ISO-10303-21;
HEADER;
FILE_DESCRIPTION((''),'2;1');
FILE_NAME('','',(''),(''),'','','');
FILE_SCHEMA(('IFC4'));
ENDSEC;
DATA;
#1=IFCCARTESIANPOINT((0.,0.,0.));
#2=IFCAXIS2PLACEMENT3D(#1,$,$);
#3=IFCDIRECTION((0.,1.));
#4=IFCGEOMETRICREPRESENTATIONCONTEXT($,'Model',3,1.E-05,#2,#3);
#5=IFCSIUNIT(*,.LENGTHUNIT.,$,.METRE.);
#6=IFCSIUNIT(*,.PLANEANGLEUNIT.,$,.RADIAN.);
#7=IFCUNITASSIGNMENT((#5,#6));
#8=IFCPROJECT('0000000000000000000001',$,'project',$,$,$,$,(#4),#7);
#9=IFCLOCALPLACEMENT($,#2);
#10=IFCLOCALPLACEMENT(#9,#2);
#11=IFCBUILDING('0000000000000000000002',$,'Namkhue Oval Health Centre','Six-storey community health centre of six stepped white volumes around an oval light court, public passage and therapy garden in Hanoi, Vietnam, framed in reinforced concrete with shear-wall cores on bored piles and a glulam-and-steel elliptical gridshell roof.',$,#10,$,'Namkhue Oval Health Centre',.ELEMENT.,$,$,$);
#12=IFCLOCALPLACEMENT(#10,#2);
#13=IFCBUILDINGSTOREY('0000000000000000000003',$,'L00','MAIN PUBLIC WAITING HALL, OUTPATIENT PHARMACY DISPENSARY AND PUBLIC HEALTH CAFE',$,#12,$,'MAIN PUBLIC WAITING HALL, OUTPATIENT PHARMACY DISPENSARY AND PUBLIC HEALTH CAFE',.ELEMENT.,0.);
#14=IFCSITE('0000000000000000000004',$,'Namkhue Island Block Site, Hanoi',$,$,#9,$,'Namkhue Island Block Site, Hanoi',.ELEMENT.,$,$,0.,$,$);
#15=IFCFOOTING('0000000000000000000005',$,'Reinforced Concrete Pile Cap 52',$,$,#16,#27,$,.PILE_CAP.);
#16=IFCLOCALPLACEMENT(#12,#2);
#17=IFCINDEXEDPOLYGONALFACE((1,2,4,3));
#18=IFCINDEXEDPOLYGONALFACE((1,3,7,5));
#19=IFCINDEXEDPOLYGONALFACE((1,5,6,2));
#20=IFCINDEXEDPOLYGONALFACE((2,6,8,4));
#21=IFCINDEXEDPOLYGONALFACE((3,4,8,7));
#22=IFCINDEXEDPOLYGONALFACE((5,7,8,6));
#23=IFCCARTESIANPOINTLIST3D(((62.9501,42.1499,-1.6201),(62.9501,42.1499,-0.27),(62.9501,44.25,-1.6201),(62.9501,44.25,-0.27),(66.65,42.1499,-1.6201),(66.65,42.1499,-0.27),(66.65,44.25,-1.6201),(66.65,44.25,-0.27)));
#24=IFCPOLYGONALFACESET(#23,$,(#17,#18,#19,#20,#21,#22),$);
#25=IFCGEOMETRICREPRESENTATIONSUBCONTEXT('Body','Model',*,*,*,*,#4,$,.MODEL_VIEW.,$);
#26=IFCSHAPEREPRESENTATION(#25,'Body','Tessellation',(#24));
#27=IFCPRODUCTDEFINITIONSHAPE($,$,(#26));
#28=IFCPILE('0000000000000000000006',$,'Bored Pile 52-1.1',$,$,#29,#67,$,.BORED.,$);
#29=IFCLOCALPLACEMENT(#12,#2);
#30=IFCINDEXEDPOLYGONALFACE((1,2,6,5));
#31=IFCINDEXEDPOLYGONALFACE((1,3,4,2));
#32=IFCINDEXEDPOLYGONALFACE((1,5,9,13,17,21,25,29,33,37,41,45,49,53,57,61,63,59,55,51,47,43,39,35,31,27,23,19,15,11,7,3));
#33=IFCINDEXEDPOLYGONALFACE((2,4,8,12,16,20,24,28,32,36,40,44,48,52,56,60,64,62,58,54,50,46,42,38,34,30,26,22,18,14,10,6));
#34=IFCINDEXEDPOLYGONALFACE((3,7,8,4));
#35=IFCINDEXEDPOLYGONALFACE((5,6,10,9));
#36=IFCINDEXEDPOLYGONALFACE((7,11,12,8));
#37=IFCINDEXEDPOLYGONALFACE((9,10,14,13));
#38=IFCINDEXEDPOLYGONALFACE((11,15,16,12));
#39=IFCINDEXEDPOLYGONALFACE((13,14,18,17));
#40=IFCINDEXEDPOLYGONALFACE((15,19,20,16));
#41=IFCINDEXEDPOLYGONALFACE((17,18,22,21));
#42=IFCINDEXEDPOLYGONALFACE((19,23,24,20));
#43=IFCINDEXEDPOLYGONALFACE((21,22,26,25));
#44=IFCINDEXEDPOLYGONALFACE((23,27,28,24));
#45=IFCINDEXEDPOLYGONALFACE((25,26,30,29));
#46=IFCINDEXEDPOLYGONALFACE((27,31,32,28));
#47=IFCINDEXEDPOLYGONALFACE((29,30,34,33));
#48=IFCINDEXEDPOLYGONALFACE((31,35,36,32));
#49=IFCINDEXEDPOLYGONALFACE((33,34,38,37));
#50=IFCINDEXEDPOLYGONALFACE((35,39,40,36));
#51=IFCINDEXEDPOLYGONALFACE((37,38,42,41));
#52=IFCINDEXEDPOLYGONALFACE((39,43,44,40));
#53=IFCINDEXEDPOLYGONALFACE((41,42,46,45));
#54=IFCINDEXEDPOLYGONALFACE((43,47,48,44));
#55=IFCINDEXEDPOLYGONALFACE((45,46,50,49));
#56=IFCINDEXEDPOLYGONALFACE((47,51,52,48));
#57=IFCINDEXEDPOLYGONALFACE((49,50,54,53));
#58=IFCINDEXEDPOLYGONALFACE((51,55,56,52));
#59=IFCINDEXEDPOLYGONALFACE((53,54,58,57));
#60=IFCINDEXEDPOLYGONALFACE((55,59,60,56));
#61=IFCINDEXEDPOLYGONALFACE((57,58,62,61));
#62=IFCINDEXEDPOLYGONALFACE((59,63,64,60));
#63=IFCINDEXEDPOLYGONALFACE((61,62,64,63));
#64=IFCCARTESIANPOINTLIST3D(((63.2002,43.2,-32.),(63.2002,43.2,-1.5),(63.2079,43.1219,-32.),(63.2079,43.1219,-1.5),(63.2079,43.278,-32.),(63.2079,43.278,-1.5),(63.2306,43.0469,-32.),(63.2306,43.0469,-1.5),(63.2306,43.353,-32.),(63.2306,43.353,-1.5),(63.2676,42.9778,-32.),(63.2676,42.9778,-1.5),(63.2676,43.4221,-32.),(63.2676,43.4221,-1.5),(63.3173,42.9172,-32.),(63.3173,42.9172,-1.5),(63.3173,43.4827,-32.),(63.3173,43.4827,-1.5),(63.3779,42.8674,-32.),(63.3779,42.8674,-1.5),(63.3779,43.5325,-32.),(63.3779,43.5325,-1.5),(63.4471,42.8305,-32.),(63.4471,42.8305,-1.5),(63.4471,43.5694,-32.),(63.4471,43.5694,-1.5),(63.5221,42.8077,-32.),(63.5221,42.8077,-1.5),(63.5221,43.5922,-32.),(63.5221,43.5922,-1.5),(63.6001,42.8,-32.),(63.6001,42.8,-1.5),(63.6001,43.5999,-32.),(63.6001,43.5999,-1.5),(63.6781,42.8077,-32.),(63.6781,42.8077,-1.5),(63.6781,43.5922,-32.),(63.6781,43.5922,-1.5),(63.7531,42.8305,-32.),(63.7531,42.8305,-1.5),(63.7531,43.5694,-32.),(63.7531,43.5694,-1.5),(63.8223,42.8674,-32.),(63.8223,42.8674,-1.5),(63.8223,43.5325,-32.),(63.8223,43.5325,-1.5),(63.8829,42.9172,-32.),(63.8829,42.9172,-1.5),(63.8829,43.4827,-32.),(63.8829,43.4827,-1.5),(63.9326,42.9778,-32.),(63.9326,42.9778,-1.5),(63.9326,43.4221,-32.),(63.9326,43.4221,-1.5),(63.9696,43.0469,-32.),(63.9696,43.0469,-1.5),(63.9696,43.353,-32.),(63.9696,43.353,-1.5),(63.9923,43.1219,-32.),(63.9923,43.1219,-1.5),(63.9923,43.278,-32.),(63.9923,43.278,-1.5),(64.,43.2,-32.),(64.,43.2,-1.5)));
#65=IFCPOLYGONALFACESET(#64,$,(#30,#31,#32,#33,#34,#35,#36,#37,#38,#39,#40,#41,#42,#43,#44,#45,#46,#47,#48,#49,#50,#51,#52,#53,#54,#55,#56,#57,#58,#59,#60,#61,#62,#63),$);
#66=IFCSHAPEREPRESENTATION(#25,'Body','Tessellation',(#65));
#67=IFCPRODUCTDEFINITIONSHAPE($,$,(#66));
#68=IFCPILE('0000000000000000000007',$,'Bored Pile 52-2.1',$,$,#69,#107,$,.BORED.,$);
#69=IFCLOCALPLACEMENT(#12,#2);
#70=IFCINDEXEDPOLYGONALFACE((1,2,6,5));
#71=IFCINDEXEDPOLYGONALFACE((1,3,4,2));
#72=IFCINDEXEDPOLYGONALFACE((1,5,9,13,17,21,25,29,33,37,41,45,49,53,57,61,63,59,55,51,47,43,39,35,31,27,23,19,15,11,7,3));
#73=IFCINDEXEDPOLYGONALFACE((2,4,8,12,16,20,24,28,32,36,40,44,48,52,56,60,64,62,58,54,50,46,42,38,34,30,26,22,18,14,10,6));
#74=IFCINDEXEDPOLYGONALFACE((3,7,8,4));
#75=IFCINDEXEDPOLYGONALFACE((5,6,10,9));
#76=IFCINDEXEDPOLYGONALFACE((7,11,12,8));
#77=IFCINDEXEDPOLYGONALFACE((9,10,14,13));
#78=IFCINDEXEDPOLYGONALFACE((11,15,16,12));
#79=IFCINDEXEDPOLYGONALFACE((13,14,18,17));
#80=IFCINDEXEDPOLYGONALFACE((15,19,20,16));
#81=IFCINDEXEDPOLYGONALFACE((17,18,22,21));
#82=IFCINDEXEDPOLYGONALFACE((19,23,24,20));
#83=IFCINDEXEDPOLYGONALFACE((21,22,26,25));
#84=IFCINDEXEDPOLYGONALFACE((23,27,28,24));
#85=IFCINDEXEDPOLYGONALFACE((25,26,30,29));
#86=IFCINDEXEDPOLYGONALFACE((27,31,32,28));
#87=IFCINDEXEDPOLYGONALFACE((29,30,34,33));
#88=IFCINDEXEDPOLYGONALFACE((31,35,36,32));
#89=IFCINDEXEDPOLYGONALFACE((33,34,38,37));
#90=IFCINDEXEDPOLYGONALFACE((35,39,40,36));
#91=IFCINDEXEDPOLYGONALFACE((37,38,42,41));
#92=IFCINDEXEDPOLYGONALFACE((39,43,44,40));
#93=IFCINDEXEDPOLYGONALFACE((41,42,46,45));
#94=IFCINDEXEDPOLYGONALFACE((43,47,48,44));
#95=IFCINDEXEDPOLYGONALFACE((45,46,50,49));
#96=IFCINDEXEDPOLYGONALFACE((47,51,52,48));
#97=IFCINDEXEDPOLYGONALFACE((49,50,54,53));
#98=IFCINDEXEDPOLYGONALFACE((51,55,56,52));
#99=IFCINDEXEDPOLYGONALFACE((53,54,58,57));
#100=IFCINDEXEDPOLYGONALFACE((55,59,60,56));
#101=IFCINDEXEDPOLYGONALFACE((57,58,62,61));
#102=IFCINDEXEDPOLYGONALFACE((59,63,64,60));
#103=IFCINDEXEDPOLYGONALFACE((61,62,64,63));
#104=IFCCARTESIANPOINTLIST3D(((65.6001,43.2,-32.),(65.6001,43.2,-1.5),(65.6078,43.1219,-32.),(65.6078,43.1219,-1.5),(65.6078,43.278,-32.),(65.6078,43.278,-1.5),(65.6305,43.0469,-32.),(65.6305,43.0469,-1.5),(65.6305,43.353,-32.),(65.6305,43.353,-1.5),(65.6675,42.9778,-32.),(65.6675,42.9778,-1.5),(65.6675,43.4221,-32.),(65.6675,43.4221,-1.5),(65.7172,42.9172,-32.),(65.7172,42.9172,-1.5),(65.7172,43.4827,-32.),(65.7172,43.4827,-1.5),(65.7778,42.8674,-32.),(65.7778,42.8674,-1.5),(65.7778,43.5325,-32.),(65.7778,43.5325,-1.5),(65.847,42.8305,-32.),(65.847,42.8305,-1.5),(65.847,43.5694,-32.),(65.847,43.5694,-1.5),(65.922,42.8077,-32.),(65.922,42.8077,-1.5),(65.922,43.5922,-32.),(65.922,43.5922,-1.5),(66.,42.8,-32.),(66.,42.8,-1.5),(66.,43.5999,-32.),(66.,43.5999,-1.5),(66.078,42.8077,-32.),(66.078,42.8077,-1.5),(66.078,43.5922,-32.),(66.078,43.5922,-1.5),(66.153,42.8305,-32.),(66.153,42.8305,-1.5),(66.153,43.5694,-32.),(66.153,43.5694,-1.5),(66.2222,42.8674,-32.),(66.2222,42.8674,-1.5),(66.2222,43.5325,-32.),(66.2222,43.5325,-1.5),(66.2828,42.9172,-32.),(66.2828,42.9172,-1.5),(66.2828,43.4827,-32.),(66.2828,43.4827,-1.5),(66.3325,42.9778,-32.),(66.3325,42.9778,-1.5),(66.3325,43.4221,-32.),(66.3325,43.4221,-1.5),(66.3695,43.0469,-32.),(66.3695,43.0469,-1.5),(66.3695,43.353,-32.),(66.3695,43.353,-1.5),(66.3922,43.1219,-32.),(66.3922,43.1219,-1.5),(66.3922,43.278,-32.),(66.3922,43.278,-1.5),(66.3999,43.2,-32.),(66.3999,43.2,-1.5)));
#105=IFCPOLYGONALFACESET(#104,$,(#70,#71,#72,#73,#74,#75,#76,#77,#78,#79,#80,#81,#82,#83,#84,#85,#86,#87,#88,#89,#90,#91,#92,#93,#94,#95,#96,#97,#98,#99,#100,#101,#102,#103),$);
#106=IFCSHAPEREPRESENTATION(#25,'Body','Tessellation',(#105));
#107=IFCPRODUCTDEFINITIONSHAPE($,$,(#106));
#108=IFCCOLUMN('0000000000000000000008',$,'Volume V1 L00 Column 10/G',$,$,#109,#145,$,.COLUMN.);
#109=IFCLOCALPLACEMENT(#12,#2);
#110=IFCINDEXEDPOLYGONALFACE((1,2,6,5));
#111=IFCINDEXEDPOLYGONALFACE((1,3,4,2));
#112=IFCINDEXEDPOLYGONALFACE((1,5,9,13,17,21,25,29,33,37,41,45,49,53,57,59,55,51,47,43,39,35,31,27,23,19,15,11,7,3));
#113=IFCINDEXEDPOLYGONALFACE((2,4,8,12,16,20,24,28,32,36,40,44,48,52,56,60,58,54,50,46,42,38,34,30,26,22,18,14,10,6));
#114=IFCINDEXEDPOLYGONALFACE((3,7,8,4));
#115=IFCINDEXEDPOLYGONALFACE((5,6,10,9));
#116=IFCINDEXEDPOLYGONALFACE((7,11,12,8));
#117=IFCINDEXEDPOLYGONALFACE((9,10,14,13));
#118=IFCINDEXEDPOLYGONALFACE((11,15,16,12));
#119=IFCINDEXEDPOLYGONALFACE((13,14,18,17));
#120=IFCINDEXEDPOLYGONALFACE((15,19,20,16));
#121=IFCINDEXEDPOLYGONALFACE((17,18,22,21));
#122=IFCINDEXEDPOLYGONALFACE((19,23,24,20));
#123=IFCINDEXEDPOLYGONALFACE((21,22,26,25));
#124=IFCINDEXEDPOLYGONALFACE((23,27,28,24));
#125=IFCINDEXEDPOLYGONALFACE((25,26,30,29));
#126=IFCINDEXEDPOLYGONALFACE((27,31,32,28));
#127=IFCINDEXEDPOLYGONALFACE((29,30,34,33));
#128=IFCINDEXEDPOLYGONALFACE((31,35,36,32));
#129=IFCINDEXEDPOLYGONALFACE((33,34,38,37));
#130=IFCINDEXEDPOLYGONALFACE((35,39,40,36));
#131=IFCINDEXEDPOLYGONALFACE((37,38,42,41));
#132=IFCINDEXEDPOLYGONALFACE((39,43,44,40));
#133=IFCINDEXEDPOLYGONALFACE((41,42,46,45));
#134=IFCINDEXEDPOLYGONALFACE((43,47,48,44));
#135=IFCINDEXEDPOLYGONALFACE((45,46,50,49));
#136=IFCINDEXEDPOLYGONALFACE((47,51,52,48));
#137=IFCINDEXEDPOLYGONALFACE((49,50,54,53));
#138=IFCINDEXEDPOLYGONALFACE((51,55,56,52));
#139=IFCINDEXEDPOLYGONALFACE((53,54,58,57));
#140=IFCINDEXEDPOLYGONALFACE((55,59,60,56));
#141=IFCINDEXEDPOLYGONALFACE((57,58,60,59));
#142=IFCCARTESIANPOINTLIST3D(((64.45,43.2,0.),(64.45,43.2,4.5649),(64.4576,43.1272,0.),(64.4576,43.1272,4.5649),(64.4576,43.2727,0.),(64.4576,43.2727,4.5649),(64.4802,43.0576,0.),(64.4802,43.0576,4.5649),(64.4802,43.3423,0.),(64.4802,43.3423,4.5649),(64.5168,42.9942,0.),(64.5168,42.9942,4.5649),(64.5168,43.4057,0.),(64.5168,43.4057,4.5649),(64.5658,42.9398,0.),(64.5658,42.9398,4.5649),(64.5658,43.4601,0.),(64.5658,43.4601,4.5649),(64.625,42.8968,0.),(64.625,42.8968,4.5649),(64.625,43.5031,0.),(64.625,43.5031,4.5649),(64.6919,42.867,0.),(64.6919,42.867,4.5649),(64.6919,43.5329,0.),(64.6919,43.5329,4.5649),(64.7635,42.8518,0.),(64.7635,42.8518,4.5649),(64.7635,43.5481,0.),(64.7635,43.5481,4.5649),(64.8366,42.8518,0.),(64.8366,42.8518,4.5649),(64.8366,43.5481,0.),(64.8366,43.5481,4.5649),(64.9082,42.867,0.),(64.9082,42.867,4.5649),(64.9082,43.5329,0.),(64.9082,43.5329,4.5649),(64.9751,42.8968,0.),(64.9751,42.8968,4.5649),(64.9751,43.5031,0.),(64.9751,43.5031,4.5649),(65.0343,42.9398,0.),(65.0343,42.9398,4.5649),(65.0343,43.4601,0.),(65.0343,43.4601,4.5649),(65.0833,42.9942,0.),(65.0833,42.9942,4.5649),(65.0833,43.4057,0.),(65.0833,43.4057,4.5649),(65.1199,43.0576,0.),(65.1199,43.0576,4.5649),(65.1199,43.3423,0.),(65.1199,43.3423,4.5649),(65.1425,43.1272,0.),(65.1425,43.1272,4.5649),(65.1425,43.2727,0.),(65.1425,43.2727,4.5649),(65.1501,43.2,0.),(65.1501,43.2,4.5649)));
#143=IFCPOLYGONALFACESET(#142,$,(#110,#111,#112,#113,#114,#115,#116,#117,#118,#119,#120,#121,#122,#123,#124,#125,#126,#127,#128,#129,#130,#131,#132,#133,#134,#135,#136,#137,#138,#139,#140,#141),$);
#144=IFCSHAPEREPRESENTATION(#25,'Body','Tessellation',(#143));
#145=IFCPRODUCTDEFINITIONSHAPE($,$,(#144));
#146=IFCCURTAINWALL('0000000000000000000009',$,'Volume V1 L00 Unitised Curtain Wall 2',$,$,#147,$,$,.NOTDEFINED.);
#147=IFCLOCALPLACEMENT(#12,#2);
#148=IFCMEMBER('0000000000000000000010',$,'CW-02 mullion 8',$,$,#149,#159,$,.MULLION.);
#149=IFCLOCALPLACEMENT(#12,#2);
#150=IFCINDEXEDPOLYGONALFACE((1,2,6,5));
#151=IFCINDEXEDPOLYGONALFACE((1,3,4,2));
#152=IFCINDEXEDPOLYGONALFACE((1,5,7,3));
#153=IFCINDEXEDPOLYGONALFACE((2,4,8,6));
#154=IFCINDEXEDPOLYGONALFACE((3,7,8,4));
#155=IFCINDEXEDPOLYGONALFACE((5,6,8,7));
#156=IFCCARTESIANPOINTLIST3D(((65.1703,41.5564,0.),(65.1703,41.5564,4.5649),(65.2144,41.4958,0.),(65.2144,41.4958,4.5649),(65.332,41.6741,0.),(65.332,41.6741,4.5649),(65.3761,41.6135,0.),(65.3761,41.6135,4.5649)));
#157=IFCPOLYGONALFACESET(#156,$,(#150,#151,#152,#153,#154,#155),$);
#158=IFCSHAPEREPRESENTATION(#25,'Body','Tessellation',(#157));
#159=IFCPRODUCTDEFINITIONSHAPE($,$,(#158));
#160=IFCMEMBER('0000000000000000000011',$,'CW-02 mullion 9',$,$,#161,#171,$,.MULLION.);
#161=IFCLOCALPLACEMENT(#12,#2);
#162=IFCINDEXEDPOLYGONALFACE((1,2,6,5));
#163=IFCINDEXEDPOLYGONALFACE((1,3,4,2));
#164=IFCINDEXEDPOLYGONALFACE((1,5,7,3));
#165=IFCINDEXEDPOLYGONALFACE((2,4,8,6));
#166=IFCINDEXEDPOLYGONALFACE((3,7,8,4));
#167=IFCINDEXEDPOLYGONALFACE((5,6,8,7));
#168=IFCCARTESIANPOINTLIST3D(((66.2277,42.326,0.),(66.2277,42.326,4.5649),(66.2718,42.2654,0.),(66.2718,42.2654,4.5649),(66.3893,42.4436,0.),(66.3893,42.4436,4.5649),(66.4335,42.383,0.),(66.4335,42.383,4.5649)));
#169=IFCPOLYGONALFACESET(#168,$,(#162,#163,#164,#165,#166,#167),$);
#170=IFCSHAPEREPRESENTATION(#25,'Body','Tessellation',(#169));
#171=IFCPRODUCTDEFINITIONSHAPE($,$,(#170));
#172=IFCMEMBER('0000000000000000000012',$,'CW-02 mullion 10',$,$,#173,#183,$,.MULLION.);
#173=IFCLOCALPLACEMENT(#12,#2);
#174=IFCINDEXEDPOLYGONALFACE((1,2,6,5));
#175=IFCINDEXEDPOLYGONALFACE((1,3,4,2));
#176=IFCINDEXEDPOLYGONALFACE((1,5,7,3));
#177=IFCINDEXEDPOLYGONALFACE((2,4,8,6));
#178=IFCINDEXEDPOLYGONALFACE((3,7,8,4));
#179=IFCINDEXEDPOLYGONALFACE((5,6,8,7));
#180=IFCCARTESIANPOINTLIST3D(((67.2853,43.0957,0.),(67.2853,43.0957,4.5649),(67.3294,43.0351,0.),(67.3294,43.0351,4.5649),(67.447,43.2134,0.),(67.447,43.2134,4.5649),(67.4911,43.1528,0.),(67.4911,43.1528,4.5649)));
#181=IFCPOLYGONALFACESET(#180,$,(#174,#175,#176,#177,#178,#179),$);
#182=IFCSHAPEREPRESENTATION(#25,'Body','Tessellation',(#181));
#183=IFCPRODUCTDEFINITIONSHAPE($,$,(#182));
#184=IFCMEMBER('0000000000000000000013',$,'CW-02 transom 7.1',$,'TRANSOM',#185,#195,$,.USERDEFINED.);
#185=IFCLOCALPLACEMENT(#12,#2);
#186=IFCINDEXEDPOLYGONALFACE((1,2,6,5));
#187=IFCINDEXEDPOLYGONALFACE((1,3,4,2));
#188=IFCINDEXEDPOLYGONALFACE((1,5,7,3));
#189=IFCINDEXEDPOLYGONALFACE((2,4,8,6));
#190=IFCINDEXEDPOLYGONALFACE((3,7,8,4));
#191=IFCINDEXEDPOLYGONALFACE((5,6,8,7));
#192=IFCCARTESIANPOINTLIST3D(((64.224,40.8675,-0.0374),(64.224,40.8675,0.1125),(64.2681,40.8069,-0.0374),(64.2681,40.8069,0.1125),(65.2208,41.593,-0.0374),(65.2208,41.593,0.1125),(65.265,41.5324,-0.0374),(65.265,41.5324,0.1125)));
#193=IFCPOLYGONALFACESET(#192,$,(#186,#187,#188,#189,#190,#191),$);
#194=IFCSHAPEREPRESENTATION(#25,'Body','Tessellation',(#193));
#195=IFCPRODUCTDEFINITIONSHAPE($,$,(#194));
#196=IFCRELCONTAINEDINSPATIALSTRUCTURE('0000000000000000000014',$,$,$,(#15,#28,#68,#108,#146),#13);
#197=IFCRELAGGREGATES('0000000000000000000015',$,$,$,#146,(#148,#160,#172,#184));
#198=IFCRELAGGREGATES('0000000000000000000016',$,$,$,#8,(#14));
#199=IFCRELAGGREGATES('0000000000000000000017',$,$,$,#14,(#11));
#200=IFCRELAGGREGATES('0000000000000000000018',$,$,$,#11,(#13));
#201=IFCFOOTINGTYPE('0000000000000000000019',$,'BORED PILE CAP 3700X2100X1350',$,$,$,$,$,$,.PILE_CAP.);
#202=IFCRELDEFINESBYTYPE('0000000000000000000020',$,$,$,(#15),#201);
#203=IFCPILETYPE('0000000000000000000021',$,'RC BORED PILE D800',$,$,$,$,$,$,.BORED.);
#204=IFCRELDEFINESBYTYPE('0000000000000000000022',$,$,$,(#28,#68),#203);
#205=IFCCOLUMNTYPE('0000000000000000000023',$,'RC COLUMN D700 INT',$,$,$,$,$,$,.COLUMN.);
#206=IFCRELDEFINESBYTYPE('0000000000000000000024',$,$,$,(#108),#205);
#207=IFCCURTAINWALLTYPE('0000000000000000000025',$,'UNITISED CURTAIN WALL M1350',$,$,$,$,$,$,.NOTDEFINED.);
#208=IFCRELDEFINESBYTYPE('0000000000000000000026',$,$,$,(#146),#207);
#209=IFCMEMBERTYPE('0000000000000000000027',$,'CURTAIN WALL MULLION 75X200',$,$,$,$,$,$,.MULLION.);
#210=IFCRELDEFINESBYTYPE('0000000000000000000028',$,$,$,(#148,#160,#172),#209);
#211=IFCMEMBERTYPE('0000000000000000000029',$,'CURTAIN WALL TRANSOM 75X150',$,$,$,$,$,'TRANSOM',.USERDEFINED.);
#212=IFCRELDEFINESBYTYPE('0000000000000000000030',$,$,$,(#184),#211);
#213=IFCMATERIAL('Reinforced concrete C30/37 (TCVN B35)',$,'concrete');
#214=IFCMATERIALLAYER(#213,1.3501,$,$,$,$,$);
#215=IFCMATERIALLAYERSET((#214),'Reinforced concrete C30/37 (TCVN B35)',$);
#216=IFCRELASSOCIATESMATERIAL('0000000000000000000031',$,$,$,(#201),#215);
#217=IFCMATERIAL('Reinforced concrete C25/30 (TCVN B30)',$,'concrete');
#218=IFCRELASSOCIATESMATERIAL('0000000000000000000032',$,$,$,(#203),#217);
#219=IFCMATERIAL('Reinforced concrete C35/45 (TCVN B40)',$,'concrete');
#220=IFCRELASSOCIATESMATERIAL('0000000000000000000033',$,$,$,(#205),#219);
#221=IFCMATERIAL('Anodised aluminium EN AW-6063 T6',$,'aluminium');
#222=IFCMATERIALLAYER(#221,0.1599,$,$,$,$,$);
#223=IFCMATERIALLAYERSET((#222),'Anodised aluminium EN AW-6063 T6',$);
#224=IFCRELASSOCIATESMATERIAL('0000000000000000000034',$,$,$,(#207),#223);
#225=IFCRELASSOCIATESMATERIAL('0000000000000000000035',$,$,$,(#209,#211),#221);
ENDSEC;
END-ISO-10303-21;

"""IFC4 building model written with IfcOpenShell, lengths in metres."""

from ifc_helpers import new_model, si_unit, direction, frame, origin, origin_2d, place, context, subcontext, project, spatial, rectangle, circle, extrude, material, layer, layer_set, material_profile, profile_set, type_object, element, aggregate, save


model = new_model("IFC4")

# Units and contexts
model_context = context("Model", 3, precision=1e-05, world=origin(), true_north=direction((0.0, 1.0)))
body_context = subcontext(model_context, "Body", "Model", "MODEL_VIEW")
ifc_project = project(units=[si_unit("LENGTHUNIT", "METRE"), si_unit("PLANEANGLEUNIT", "RADIAN")], contexts=[model_context])

# Site, building, storey
site_placement = place(None, origin())
site = spatial("IfcSite", under=ifc_project, at=site_placement, Name="Namkhue Island Block Site, Hanoi", LongName="Namkhue Island Block Site, Hanoi", CompositionType="ELEMENT", RefElevation=0.0)
building_placement = place(site_placement, origin())
building = spatial("IfcBuilding", under=site, at=building_placement, Name="Namkhue Oval Health Centre", Description="Six-storey community health centre of six stepped white volumes around an oval light court, public passage and therapy garden in Hanoi, Vietnam, framed in reinforced concrete with shear-wall cores on bored piles and a glulam-and-steel elliptical gridshell roof.", LongName="Namkhue Oval Health Centre", CompositionType="ELEMENT")
storey_placement = place(building_placement, origin())
storey = spatial("IfcBuildingStorey", under=building, at=storey_placement, Name="L00", Description="MAIN PUBLIC WAITING HALL, OUTPATIENT PHARMACY DISPENSARY AND PUBLIC HEALTH CAFE", LongName="MAIN PUBLIC WAITING HALL, OUTPATIENT PHARMACY DISPENSARY AND PUBLIC HEALTH CAFE", CompositionType="ELEMENT", Elevation=0.0)

# Footing
ifc_material_1 = material(Name="Reinforced concrete C30/37 (TCVN B35)", Category="concrete")
ifc_layer_1 = layer(ifc_material_1, 1.3501)
ifc_layer_set_1 = layer_set([ifc_layer_1], Name="Reinforced concrete C30/37 (TCVN B35)")
footing_type = type_object("IfcFootingType", Name="BORED PILE CAP 3700X2100X1350", PredefinedType="PILE_CAP", material=ifc_layer_set_1)
footing_placement = place(storey_placement, frame((64.8, 43.2, -1.6201), z_axis=(0.0, 0.0, 1.0), x_axis=(1.0, 0.0, 0.0)))
element("IfcFooting", 1, at=footing_placement, inside=storey, type_object=footing_type, Name="Reinforced Concrete Pile Cap 52", PredefinedType="PILE_CAP", context=body_context, shape_type="SweptSolid", body=[
    extrude(rectangle(XDim=3.7, YDim=2.1001, at=origin_2d()), origin(), (0.0, 0.0, 1.0), 1.3501),
])

# Piles
ifc_material_2 = material(Name="Reinforced concrete C25/30 (TCVN B30)", Category="concrete")
ifc_material_profile_1 = material_profile(ifc_material_2, circle(Radius=0.3999, at=origin_2d()), Name="BORED PILE D800")
ifc_profile_set_1 = profile_set([ifc_material_profile_1], Name="Reinforced concrete C25/30 (TCVN B30)")
pile_type = type_object("IfcPileType", Name="RC BORED PILE D800", PredefinedType="BORED", material=ifc_profile_set_1)
for number, where, z_axis, x_axis, name in (
    (2, (63.6001, 43.2, -1.5), (0.0, 0.0, -1.0), (1.0, 0.0, 0.0), "Bored Pile 52-1.1"),
    (3, (66.0, 43.2, -1.5), (0.0, 0.0, -1.0), (1.0, 0.0, 0.0), "Bored Pile 52-2.1"),
):
    element("IfcPile", number, at=place(storey_placement, frame(where, z_axis=z_axis, x_axis=x_axis)), inside=storey, type_object=pile_type, Name=name, PredefinedType="BORED", context=body_context, shape_type="SweptSolid", body=[
        extrude(circle(Radius=0.3999, at=origin_2d()), origin(), (0.0, 0.0, 1.0), 30.5),
    ])

# Column
ifc_material_3 = material(Name="Reinforced concrete C35/45 (TCVN B40)", Category="concrete")
ifc_material_profile_2 = material_profile(ifc_material_3, circle(Radius=0.3501, at=origin_2d()), Name="RC D700")
ifc_profile_set_2 = profile_set([ifc_material_profile_2], Name="Reinforced concrete C35/45 (TCVN B40)")
column_type = type_object("IfcColumnType", Name="RC COLUMN D700 INT", PredefinedType="COLUMN", material=ifc_profile_set_2)
column_placement = place(storey_placement, frame((64.8, 43.2, 0.0), z_axis=(0.0, 0.0, 1.0), x_axis=(1.0, 0.0, 0.0)))
element("IfcColumn", 4, at=column_placement, inside=storey, type_object=column_type, Name="Volume V1 L00 Column 10/G", PredefinedType="COLUMN", context=body_context, shape_type="SweptSolid", body=[
    extrude(circle(Radius=0.3501, at=origin_2d()), origin(), (0.0, 0.0, 1.0), 4.5649),
])

# Curtain wall, members
ifc_material_4 = material(Name="Anodised aluminium EN AW-6063 T6", Category="aluminium")
ifc_layer_2 = layer(ifc_material_4, 0.1599)
ifc_layer_set_2 = layer_set([ifc_layer_2], Name="Anodised aluminium EN AW-6063 T6")
curtain_wall_type = type_object("IfcCurtainWallType", Name="UNITISED CURTAIN WALL M1350", PredefinedType="NOTDEFINED", material=ifc_layer_set_2)
curtain_wall_placement = place(storey_placement, origin())
curtain_wall = element("IfcCurtainWall", 5, at=curtain_wall_placement, inside=storey, type_object=curtain_wall_type, Name="Volume V1 L00 Unitised Curtain Wall 2", PredefinedType="NOTDEFINED")
ifc_material_profile_3 = material_profile(ifc_material_4, rectangle(XDim=0.075, YDim=0.2, at=origin_2d()), Name="ALU 75x200")
ifc_profile_set_3 = profile_set([ifc_material_profile_3], Name="Anodised aluminium EN AW-6063 T6")
member_type_1 = type_object("IfcMemberType", Name="CURTAIN WALL MULLION 75X200", PredefinedType="MULLION", material=ifc_profile_set_3)
member_1_placement = place(storey_placement, frame((65.2732, 41.585, 0.0), z_axis=(0.0, 0.0, 1.0), x_axis=(-0.588477, 0.808514, 0.0)))
member_1 = element("IfcMember", 6, at=member_1_placement, type_object=member_type_1, Name="CW-02 mullion 8", PredefinedType="MULLION", context=body_context, shape_type="SweptSolid", body=[
    extrude(rectangle(XDim=0.075, YDim=0.2, at=origin_2d()), origin(), (0.0, 0.0, 1.0), 4.5649),
])
member_2_placement = place(storey_placement, frame((66.3306, 42.3545, 0.0), z_axis=(0.0, 0.0, 1.0), x_axis=(-0.588477, 0.808514, 0.0)))
member_2 = element("IfcMember", 7, at=member_2_placement, type_object=member_type_1, Name="CW-02 mullion 9", PredefinedType="MULLION", context=body_context, shape_type="SweptSolid", body=[
    extrude(rectangle(XDim=0.075, YDim=0.2, at=origin_2d()), origin(), (0.0, 0.0, 1.0), 4.5649),
])
member_3_placement = place(storey_placement, frame((67.3882, 43.1243, 0.0), z_axis=(0.0, 0.0, 1.0), x_axis=(-0.588477, 0.808514, 0.0)))
member_3 = element("IfcMember", 8, at=member_3_placement, type_object=member_type_1, Name="CW-02 mullion 10", PredefinedType="MULLION", context=body_context, shape_type="SweptSolid", body=[
    extrude(rectangle(XDim=0.075, YDim=0.2, at=origin_2d()), origin(), (0.0, 0.0, 1.0), 4.5649),
])
ifc_material_profile_4 = material_profile(ifc_material_4, rectangle(XDim=0.075, YDim=0.1499, at=origin_2d()), Name="ALU 75x150")
ifc_profile_set_4 = profile_set([ifc_material_profile_4], Name="Anodised aluminium EN AW-6063 T6")
member_type_2 = type_object("IfcMemberType", Name="CURTAIN WALL TRANSOM 75X150", ElementType="TRANSOM", PredefinedType="USERDEFINED", material=ifc_profile_set_4)
member_4_placement = place(storey_placement, frame((64.2461, 40.8372, 0.0376), z_axis=(0.808496, 0.588501, 0.0), x_axis=(-0.588501, 0.808496, 0.0)))
member_4 = element("IfcMember", 9, at=member_4_placement, type_object=member_type_2, Name="CW-02 transom 7.1", ObjectType="TRANSOM", PredefinedType="USERDEFINED", context=body_context, shape_type="SweptSolid", body=[
    extrude(rectangle(XDim=0.075, YDim=0.1499, at=origin_2d()), origin(), (0.0, 0.0, 1.0), 1.2329),
])
aggregate(curtain_wall, [member_1, member_2, member_3, member_4])

save(model, "model.ifc")
